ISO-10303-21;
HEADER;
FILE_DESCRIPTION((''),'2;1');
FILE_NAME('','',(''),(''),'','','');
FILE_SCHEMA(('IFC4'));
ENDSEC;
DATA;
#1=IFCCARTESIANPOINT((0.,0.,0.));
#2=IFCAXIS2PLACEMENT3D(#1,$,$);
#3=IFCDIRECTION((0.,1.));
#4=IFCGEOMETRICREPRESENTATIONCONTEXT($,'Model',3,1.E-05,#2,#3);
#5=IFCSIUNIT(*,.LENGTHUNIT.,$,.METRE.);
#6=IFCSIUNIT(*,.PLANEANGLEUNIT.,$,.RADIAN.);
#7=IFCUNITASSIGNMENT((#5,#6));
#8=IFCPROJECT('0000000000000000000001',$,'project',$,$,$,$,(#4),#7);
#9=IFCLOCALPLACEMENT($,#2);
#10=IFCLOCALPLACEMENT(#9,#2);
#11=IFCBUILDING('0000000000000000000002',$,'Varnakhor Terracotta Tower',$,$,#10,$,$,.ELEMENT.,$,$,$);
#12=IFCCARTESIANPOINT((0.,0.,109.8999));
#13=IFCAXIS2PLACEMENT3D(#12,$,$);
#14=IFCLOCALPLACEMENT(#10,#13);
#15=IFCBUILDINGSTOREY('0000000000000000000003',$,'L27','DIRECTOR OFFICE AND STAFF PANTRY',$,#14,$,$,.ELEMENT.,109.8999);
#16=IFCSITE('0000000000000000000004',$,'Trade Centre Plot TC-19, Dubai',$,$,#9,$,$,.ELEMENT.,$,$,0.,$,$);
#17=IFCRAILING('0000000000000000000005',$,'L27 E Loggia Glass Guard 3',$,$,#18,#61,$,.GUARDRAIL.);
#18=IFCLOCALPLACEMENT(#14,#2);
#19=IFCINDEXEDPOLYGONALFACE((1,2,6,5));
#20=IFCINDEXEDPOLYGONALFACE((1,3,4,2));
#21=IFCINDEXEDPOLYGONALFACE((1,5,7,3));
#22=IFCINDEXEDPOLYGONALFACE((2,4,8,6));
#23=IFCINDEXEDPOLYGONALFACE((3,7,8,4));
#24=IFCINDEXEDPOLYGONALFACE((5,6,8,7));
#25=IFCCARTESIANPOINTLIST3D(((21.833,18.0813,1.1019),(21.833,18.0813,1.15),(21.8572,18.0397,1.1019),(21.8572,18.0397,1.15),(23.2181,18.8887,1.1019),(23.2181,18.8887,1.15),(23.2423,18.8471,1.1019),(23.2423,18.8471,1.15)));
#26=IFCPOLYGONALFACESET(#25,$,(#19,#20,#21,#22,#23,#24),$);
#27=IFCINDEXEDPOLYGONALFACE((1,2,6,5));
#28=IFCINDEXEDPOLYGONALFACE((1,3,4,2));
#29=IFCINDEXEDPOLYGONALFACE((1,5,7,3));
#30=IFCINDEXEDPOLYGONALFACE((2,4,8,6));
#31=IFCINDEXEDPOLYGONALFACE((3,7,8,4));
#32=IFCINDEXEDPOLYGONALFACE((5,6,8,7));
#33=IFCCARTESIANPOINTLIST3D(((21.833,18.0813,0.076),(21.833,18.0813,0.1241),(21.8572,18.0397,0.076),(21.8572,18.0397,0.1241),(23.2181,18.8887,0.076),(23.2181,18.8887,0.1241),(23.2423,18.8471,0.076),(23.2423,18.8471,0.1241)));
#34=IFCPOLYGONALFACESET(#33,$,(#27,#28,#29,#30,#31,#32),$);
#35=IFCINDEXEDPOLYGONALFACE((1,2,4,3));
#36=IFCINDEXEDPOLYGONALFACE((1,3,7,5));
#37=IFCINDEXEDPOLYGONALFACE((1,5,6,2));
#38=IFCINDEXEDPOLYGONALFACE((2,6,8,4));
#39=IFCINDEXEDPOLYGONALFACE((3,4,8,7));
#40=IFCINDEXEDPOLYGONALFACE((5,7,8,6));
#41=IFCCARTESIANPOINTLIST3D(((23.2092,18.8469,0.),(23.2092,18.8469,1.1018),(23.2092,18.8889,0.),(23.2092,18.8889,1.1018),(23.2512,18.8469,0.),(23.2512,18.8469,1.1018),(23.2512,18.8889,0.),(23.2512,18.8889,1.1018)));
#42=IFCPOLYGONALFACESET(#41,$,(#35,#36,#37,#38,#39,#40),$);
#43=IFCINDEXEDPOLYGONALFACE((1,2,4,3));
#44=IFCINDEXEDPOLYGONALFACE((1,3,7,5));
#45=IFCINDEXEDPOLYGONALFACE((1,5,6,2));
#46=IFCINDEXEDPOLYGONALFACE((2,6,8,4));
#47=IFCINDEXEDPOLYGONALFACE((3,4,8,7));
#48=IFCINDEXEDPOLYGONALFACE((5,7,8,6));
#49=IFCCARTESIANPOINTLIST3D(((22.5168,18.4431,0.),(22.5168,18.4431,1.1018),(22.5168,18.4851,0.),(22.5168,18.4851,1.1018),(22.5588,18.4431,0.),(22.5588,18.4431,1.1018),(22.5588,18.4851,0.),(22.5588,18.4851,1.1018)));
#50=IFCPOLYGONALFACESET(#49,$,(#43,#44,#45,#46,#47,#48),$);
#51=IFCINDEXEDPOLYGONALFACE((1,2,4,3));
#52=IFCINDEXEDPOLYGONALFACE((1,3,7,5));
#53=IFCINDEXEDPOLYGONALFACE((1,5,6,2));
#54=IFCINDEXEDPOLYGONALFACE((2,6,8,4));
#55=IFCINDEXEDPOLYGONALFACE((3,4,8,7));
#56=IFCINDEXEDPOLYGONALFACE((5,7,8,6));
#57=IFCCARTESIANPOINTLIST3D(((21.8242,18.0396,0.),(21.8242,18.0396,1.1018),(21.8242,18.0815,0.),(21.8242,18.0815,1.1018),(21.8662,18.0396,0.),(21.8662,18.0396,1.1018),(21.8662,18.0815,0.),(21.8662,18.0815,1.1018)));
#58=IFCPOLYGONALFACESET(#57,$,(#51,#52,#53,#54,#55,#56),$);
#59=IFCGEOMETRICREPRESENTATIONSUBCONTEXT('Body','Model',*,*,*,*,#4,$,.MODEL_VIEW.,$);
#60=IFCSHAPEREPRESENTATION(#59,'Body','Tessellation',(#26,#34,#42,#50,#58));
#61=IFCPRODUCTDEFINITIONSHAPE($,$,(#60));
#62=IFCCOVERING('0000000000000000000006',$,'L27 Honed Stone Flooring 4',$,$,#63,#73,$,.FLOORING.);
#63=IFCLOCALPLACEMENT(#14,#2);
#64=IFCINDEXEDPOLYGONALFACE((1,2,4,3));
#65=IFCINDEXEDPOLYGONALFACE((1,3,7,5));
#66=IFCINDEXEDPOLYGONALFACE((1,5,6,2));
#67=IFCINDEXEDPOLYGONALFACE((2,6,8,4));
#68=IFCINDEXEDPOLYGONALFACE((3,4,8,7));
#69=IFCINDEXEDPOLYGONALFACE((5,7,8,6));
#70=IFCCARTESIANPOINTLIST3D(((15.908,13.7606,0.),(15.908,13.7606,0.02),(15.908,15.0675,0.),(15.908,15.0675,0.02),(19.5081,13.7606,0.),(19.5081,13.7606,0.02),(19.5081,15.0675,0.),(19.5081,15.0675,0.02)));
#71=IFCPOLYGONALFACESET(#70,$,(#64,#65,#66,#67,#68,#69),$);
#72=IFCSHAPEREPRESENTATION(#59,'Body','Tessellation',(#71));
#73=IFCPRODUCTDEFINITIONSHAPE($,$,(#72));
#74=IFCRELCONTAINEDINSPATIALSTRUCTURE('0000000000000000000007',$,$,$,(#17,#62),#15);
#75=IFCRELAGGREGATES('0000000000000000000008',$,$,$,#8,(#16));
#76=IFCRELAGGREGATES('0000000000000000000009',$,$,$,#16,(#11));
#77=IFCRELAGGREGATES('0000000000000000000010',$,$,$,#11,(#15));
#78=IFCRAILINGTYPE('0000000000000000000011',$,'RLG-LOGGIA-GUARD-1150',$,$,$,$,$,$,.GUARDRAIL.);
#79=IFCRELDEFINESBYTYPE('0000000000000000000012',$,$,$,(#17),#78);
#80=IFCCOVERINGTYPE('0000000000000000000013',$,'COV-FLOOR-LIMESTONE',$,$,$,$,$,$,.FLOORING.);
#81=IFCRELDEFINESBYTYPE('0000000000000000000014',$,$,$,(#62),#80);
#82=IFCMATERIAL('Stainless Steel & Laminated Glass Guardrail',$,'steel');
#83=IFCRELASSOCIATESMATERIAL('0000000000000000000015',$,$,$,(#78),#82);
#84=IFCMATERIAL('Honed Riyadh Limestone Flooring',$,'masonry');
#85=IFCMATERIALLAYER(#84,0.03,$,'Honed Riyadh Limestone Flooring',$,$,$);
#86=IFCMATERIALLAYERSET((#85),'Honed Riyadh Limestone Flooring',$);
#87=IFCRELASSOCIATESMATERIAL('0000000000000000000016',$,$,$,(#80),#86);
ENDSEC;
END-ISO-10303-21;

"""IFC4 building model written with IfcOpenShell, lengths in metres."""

from ifc_helpers import new_model, si_unit, direction, frame, origin, origin_2d, place, context, subcontext, project, spatial, rectangle, extrude, source, transform, mapped, material, layer, layer_set, type_object, element, save


model = new_model("IFC4")

# Units and contexts
model_context = context("Model", 3, precision=1e-05, world=origin(), true_north=direction((0.0, 1.0)))
body_context = subcontext(model_context, "Body", "Model", "MODEL_VIEW")
ifc_project = project(units=[si_unit("LENGTHUNIT", "METRE"), si_unit("PLANEANGLEUNIT", "RADIAN")], contexts=[model_context])

# Site, building, storey
site_placement = place(None, origin())
site = spatial("IfcSite", under=ifc_project, at=site_placement, Name="Trade Centre Plot TC-19, Dubai", CompositionType="ELEMENT", RefElevation=0.0)
building_placement = place(site_placement, origin())
building = spatial("IfcBuilding", under=site, at=building_placement, Name="Varnakhor Terracotta Tower", CompositionType="ELEMENT")
storey_placement = place(building_placement, frame((0.0, 0.0, 109.8999)))
storey = spatial("IfcBuildingStorey", under=building, at=storey_placement, Name="L27", Description="DIRECTOR OFFICE AND STAFF PANTRY", CompositionType="ELEMENT", Elevation=109.8999)

# Railing
ifc_material_1 = material(Name="Stainless Steel & Laminated Glass Guardrail", Category="steel")
railing_type = type_object("IfcRailingType", Name="RLG-LOGGIA-GUARD-1150", PredefinedType="GUARDRAIL", material=ifc_material_1)
railing_placement = place(storey_placement, frame((23.2302, 18.8679, 0.0)))
element("IfcRailing", 1, at=railing_placement, inside=storey, type_object=railing_type, Name="L27 E Loggia Glass Guard 3", PredefinedType="GUARDRAIL", context=body_context, shape_type="SweptSolid", body=[
    extrude(rectangle(XDim=0.0481, YDim=0.0481, at=origin_2d()), frame((0.0, 0.0, 1.126), z_axis=(-0.863928, -0.503615, 0.0), x_axis=(0.503615, -0.863928, 0.0)), (0.0, 0.0, 1.0), 1.6033),
    extrude(rectangle(XDim=0.0481, YDim=0.0481, at=origin_2d()), frame((0.0, 0.0, 0.1001), z_axis=(-0.863928, -0.503615, 0.0), x_axis=(0.503615, -0.863928, 0.0)), (0.0, 0.0, 1.0), 1.6033),
    extrude(rectangle(XDim=0.042, YDim=0.042, at=origin_2d()), origin(), (0.0, 0.0, 1.0), 1.1018),
    extrude(rectangle(XDim=0.042, YDim=0.042, at=origin_2d()), frame((-0.6924, -0.4038, 0.0)), (0.0, 0.0, 1.0), 1.1018),
    extrude(rectangle(XDim=0.042, YDim=0.042, at=origin_2d()), frame((-1.385, -0.8074, 0.0)), (0.0, 0.0, 1.0), 1.1018),
])

# Covering
ifc_material_2 = material(Name="Honed Riyadh Limestone Flooring", Category="masonry")
ifc_layer_1 = layer(ifc_material_2, 0.03, Name="Honed Riyadh Limestone Flooring")
ifc_layer_set_1 = layer_set([ifc_layer_1], Name="Honed Riyadh Limestone Flooring")
covering_type = type_object("IfcCoveringType", Name="COV-FLOOR-LIMESTONE", PredefinedType="FLOORING", material=ifc_layer_set_1)
shared_shape_1 = source(origin(), body_context, "Body", "SweptSolid", [
    extrude(rectangle(XDim=3.6001, YDim=1.3069, at=origin_2d()), origin(), (0.0, 0.0, 1.0), 0.02),
])
covering_placement = place(storey_placement, frame((17.708, 14.4141, 0.0), z_axis=(0.0, 0.0, 1.0), x_axis=(1.0, 0.0, 0.0)))
element("IfcCovering", 2, at=covering_placement, inside=storey, type_object=covering_type, Name="L27 Honed Stone Flooring 4", PredefinedType="FLOORING", context=body_context, shape_type="MappedRepresentation", body=[
    mapped(shared_shape_1, transform((0.0, 0.0, 0.0), scale=1.0)),
])

save(model, "model.ifc")
